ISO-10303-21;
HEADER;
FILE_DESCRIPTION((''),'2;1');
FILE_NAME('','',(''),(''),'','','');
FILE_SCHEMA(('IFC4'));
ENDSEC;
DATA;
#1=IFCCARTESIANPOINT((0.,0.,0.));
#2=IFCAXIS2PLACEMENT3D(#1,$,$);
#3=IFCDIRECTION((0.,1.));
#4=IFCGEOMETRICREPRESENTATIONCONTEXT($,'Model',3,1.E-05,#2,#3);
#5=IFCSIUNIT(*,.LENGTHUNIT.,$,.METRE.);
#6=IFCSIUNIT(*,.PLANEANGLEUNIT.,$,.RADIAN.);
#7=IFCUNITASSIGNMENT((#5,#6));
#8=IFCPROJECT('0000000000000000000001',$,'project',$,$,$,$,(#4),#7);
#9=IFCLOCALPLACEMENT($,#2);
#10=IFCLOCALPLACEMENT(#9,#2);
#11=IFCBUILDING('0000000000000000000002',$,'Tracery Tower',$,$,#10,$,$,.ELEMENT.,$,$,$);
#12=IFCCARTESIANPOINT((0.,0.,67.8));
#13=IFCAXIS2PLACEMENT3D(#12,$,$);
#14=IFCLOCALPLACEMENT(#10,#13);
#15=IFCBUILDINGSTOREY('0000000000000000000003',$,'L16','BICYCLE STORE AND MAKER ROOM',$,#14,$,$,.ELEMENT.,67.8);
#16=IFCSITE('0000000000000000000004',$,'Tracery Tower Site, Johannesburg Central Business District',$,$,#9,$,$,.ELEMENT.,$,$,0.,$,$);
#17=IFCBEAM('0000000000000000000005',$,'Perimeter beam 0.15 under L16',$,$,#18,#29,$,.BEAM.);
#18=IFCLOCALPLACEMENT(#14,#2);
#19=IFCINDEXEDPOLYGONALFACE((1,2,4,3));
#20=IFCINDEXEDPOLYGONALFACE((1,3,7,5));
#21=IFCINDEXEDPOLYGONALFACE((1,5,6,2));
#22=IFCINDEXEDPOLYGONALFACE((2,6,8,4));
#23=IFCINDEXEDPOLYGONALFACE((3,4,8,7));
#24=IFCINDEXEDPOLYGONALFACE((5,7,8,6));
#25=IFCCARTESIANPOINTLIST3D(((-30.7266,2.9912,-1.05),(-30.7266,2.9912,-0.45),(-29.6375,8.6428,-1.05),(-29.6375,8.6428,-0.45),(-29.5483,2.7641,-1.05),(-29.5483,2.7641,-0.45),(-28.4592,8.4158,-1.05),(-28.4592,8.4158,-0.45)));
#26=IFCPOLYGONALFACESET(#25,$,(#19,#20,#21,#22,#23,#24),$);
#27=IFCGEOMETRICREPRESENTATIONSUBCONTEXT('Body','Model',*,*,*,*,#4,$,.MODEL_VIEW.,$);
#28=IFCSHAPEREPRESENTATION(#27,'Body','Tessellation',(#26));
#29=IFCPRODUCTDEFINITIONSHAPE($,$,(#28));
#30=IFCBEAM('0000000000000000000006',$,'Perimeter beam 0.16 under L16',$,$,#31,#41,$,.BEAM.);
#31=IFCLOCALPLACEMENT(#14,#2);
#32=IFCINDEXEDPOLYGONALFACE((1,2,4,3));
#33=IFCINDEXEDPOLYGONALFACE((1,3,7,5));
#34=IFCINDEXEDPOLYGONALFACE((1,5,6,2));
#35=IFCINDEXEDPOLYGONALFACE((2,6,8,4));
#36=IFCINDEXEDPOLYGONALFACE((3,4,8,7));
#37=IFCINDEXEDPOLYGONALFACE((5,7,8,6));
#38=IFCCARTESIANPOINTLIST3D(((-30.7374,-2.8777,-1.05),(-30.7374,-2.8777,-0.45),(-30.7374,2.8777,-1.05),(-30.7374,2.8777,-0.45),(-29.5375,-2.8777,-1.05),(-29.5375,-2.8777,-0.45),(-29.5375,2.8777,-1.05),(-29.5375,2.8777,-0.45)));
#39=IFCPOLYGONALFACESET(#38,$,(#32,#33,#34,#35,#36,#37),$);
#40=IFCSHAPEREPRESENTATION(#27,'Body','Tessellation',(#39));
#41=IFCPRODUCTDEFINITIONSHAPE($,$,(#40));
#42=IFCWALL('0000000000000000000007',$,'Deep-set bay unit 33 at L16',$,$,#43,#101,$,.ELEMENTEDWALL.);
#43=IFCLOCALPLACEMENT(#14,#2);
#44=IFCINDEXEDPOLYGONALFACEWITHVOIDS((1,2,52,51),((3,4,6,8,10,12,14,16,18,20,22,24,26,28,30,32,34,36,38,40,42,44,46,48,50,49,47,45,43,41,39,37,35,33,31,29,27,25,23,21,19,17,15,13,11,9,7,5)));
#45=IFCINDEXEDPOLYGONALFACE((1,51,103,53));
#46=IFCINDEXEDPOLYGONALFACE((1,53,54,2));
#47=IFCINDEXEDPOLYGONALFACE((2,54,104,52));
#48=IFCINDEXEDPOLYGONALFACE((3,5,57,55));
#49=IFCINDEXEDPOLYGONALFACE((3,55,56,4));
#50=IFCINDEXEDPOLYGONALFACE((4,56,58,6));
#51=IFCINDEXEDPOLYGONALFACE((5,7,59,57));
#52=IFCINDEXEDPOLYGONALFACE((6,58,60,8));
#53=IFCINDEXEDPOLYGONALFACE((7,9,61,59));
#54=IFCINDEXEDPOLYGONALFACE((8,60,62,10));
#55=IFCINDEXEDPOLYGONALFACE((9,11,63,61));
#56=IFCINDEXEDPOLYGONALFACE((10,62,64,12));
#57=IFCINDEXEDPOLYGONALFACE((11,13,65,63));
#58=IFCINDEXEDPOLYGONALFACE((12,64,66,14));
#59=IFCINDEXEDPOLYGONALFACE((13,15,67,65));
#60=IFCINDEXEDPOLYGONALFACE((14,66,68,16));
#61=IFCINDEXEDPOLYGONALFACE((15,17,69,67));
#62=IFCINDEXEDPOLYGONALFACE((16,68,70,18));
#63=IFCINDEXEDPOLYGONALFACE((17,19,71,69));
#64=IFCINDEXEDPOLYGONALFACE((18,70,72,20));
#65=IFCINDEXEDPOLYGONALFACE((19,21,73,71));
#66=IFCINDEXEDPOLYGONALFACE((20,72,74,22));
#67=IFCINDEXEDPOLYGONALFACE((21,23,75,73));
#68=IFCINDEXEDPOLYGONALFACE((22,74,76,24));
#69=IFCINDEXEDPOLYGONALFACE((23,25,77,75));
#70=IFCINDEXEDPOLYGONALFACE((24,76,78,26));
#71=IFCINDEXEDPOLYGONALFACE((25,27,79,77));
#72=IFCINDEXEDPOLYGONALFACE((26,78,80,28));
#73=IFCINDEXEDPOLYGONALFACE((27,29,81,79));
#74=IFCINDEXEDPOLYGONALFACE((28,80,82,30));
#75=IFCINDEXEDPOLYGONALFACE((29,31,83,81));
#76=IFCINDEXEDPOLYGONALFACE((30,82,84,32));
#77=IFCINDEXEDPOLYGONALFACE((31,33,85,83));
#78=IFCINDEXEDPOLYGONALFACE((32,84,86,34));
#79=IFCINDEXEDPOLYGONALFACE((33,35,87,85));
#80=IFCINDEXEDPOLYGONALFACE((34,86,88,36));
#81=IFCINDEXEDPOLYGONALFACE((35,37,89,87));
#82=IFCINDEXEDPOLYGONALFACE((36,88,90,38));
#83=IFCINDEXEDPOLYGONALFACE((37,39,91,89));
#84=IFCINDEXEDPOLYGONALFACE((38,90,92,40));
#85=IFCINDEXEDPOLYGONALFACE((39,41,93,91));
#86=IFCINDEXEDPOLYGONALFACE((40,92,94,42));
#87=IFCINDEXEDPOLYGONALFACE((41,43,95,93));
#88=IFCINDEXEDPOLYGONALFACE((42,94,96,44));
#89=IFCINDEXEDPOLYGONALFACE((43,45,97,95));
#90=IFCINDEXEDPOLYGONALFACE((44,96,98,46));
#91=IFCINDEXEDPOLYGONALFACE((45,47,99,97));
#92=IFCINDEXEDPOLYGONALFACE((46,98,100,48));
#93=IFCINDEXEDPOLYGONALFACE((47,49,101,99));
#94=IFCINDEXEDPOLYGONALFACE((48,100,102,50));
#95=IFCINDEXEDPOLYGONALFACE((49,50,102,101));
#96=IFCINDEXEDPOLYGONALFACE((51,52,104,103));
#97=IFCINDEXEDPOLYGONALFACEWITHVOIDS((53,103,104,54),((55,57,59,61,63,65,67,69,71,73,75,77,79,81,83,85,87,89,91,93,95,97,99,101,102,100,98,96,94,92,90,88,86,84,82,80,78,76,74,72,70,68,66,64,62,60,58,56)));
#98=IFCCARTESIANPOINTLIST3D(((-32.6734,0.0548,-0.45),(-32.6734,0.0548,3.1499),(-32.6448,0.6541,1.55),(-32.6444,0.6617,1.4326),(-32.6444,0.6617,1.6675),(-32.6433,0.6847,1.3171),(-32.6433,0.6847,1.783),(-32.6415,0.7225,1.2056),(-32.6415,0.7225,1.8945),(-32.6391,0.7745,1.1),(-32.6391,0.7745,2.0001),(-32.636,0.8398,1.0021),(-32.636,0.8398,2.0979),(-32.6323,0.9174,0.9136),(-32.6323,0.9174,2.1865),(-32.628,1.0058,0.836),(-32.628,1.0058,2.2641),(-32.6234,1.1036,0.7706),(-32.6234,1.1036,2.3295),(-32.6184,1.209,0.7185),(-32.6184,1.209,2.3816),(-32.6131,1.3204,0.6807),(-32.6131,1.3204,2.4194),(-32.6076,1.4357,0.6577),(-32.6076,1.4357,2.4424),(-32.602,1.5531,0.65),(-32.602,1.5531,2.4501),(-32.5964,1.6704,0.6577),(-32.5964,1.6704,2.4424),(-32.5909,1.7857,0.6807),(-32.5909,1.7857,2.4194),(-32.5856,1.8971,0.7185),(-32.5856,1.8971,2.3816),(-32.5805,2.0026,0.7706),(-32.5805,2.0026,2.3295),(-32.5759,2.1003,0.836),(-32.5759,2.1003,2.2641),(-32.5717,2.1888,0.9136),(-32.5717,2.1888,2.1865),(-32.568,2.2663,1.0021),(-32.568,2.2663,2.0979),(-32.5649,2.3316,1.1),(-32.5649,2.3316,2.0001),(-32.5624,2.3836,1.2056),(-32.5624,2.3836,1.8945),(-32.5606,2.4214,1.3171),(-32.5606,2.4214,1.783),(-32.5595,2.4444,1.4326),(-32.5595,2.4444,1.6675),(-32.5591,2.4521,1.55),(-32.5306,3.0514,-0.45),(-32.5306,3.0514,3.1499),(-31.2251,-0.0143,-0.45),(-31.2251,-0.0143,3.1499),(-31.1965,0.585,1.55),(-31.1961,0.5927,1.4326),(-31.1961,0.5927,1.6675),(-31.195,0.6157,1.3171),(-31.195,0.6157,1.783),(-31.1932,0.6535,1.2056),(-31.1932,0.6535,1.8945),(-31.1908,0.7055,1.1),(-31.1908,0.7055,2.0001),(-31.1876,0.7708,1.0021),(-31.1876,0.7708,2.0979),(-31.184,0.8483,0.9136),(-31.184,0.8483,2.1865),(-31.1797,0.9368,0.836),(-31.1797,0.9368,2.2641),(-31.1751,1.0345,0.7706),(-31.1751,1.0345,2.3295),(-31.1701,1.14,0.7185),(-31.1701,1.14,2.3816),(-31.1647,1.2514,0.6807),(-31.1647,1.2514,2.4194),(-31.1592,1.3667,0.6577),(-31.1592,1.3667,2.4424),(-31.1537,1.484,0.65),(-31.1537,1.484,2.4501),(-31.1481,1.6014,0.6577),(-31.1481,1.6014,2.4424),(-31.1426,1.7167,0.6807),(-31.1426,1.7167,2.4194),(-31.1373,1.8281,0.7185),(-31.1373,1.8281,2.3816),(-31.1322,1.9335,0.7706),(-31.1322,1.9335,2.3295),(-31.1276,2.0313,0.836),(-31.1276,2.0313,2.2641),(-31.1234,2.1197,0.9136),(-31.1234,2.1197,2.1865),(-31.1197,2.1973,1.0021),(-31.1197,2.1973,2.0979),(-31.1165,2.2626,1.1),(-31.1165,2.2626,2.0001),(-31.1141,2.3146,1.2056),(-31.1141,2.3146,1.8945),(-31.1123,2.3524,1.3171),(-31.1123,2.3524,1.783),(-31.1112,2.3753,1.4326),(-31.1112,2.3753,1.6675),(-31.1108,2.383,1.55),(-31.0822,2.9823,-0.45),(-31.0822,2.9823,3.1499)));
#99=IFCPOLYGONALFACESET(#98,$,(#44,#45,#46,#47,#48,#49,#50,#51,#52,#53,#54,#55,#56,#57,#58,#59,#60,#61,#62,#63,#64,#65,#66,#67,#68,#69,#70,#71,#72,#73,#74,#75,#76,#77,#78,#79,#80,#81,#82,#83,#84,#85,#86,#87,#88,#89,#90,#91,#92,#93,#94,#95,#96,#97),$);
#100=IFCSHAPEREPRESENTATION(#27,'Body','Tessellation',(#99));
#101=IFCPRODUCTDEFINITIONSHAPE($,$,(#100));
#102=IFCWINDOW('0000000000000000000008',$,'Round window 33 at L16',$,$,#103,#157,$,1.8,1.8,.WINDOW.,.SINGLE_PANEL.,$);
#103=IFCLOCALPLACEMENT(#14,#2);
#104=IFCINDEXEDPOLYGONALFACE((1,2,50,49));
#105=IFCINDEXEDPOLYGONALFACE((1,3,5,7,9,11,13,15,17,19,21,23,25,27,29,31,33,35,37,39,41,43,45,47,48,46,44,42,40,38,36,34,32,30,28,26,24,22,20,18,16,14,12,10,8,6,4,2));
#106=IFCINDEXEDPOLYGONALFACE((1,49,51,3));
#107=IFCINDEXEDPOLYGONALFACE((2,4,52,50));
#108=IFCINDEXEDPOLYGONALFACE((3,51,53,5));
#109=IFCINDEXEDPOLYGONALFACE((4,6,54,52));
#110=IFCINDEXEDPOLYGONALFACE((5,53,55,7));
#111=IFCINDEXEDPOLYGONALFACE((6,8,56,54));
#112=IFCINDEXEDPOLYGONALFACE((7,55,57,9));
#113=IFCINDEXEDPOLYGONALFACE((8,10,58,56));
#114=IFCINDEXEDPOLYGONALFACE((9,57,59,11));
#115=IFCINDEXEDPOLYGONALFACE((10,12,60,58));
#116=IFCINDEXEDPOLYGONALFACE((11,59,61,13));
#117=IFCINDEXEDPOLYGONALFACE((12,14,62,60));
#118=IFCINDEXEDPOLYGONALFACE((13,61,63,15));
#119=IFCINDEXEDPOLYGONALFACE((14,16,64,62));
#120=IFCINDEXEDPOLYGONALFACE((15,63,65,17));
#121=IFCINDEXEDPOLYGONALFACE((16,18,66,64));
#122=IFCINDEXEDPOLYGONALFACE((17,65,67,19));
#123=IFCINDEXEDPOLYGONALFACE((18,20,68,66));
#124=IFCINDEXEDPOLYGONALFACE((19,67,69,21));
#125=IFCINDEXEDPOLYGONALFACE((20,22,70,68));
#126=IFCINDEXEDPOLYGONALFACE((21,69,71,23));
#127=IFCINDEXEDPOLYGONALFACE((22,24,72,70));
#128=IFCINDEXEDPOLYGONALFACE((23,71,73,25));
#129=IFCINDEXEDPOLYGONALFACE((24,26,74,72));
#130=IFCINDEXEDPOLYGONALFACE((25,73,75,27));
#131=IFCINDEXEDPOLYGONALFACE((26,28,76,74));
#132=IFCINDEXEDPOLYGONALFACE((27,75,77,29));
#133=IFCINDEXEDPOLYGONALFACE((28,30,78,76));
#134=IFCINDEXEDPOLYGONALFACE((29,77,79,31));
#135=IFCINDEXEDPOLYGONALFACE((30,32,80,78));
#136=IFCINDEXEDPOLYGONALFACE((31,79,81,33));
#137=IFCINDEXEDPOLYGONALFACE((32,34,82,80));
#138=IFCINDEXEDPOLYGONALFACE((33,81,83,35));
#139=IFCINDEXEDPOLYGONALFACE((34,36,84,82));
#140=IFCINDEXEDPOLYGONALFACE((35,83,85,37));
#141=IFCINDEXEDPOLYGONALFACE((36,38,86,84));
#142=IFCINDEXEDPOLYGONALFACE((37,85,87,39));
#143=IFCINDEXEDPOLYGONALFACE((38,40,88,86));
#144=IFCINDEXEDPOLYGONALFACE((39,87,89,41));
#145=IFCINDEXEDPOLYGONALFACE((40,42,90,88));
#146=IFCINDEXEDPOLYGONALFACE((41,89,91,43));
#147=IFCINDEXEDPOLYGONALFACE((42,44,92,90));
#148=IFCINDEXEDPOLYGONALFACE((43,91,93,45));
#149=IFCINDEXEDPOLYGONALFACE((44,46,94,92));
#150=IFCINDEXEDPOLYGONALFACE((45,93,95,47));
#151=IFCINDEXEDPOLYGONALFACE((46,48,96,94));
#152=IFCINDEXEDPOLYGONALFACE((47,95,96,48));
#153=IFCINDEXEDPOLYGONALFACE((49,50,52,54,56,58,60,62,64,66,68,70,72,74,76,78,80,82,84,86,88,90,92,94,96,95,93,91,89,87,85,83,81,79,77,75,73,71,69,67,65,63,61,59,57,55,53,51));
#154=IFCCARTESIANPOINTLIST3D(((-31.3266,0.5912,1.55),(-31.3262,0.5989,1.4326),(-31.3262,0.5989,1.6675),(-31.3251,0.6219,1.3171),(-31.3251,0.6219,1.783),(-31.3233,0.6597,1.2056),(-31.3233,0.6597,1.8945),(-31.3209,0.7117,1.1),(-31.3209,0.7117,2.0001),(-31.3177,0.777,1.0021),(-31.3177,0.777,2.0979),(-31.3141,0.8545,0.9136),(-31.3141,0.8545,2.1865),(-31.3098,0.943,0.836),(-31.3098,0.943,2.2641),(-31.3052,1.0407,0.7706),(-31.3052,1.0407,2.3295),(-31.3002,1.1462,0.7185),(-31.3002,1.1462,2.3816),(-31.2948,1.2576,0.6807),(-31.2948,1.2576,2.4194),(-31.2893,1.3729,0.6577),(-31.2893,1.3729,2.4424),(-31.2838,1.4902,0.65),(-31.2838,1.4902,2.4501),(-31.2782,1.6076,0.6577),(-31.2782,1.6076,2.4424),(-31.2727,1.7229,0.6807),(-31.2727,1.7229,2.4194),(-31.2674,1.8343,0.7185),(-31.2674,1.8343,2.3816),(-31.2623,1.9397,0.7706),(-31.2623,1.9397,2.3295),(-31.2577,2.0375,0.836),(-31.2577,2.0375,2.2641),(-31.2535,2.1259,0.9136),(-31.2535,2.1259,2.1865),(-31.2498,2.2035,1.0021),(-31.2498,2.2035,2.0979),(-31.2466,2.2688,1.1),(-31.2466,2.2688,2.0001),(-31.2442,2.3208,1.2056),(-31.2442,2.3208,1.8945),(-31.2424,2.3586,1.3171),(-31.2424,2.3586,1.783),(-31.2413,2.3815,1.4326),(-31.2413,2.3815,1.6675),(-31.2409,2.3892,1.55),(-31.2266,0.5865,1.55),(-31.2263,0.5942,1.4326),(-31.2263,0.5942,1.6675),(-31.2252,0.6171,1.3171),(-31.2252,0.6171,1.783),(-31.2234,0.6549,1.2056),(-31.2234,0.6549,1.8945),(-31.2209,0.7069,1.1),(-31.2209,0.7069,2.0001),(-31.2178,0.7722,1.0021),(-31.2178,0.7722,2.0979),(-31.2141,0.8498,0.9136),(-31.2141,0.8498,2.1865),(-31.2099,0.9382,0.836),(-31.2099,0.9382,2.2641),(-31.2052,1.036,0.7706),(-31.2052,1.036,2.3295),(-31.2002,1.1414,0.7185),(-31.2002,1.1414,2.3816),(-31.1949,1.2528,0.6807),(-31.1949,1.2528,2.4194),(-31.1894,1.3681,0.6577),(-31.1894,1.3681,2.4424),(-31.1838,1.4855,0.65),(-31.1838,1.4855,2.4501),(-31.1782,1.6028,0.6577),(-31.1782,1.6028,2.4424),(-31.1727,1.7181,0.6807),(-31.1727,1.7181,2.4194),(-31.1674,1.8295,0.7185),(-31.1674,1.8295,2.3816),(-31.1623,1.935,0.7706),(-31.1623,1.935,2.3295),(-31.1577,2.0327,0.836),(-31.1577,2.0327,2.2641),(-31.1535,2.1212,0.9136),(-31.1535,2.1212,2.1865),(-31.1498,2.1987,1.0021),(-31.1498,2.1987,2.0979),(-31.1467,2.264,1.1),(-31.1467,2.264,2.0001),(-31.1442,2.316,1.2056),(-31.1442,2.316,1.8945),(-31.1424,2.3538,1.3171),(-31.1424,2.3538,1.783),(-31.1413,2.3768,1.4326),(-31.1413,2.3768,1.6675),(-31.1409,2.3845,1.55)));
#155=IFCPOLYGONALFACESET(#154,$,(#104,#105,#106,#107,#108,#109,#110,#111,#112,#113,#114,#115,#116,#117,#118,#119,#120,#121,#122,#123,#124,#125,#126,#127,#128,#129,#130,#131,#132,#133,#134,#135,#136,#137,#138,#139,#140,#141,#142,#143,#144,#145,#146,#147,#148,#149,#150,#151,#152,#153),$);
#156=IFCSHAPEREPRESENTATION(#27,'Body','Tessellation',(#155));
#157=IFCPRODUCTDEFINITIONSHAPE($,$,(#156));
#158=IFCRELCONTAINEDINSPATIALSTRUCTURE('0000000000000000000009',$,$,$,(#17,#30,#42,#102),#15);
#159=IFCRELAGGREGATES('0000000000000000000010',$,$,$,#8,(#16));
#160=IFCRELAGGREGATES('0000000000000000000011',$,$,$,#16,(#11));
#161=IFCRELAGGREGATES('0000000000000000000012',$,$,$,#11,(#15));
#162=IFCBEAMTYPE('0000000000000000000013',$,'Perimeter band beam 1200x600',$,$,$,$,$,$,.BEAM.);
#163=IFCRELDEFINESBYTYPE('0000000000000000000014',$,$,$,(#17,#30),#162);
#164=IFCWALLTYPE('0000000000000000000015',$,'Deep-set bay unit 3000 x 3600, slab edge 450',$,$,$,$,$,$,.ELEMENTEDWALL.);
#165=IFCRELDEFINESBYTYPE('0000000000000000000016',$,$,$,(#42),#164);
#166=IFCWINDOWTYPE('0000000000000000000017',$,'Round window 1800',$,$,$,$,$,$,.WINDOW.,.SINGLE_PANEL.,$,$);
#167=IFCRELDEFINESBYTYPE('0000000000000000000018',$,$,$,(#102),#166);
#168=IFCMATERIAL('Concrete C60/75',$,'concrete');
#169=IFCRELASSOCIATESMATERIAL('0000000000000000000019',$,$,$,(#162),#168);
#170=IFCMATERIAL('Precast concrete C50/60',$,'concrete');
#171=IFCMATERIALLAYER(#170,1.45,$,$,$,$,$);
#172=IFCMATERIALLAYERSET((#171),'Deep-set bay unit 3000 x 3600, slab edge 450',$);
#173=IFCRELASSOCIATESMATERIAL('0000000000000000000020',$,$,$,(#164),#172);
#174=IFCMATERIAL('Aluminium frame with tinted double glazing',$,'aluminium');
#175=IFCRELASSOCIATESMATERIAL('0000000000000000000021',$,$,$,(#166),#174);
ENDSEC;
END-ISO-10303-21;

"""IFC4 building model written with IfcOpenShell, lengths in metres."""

from ifc_helpers import new_model, si_unit, direction, frame, frame_2d, origin, origin_2d, place, context, subcontext, project, spatial, rectangle, circle, extrude, material, layer, layer_set, material_profile, profile_set, type_object, element, fill, save


model = new_model("IFC4")

# Units and contexts
model_context = context("Model", 3, precision=1e-05, world=origin(), true_north=direction((0.0, 1.0)))
body_context = subcontext(model_context, "Body", "Model", "MODEL_VIEW")
ifc_project = project(units=[si_unit("LENGTHUNIT", "METRE"), si_unit("PLANEANGLEUNIT", "RADIAN")], contexts=[model_context])

# Site, building, storey
site_placement = place(None, origin())
site = spatial("IfcSite", under=ifc_project, at=site_placement, Name="Tracery Tower Site, Johannesburg Central Business District", CompositionType="ELEMENT", RefElevation=0.0)
building_placement = place(site_placement, origin())
building = spatial("IfcBuilding", under=site, at=building_placement, Name="Tracery Tower", CompositionType="ELEMENT")
storey_placement = place(building_placement, frame((0.0, 0.0, 67.8)))
storey = spatial("IfcBuildingStorey", under=building, at=storey_placement, Name="L16", Description="BICYCLE STORE AND MAKER ROOM", CompositionType="ELEMENT", Elevation=67.8)

# Beams
ifc_material_1 = material(Name="Concrete C60/75", Category="concrete")
ifc_material_profile_1 = material_profile(ifc_material_1, rectangle(XDim=1.2, YDim=0.6001, at=origin_2d()), Name="RC 1200x600")
ifc_profile_set_1 = profile_set([ifc_material_profile_1], Name="Concrete C60/75")
beam_type = type_object("IfcBeamType", Name="Perimeter band beam 1200x600", PredefinedType="BEAM", material=ifc_profile_set_1)
beam_1_placement = place(storey_placement, frame((-29.0483, 8.5293, -0.75), z_axis=(-0.189227, -0.981933, 0.0), x_axis=(0.981933, -0.189227, 0.0)))
element("IfcBeam", 1, at=beam_1_placement, inside=storey, type_object=beam_type, Name="Perimeter beam 0.15 under L16", PredefinedType="BEAM", context=body_context, shape_type="SweptSolid", body=[
    extrude(rectangle(XDim=1.2, YDim=0.6001, at=origin_2d()), origin(), (0.0, 0.0, 1.0), 5.7556),
])
beam_2_placement = place(storey_placement, frame((-30.1375, 2.8777, -0.75), z_axis=(0.0, -1.0, 0.0), x_axis=(1.0, 0.0, 0.0)))
element("IfcBeam", 2, at=beam_2_placement, inside=storey, type_object=beam_type, Name="Perimeter beam 0.16 under L16", PredefinedType="BEAM", context=body_context, shape_type="SweptSolid", body=[
    extrude(rectangle(XDim=1.2, YDim=0.6001, at=origin_2d()), origin(), (0.0, 0.0, 1.0), 5.7554),
])

# Wall, opening, window
ifc_material_2 = material(Name="Precast concrete C50/60", Category="concrete")
ifc_layer_1 = layer(ifc_material_2, 1.45)
ifc_layer_set_1 = layer_set([ifc_layer_1], Name="Deep-set bay unit 3000 x 3600, slab edge 450")
wall_type_1 = type_object("IfcWallType", Name="Deep-set bay unit 3000 x 3600, slab edge 450", PredefinedType="ELEMENTEDWALL", material=ifc_layer_set_1)
wall_1_placement = place(storey_placement, frame((-31.8064, 3.0168, -0.45), z_axis=(0.0, 0.0, 1.0), x_axis=(-0.047608, -0.998866, 0.0)))
wall_1 = element("IfcWall", 3, at=wall_1_placement, inside=storey, type_object=wall_type_1, Name="Deep-set bay unit 33 at L16", PredefinedType="ELEMENTEDWALL", context=body_context, shape_type="SweptSolid", body=[
    extrude(rectangle(XDim=3.0, YDim=1.45, at=frame_2d((1.5, 0.0))), origin(), (0.0, 0.0, 1.0), 3.5999),
])
opening_1_placement = place(wall_1_placement, frame((1.5, 0.0, 2.0)))
opening_1 = element("IfcOpeningElement", 4, at=opening_1_placement, cuts=wall_1, PredefinedType="OPENING", context=body_context, shape_type="SweptSolid", body=[
    extrude(circle(Radius=0.9, at=origin_2d()), frame((0.0, 0.7349, 0.0), z_axis=(0.0, -1.0, 0.0), x_axis=(1.0, 0.0, 0.0)), (0.0, 0.0, 1.0), 1.47),
])
ifc_material_3 = material(Name="Aluminium frame with tinted double glazing", Category="aluminium")
window_type = type_object("IfcWindowType", Name="Round window 1800", PartitioningType="SINGLE_PANEL", PredefinedType="WINDOW", material=ifc_material_3)
window_1_placement = place(opening_1_placement, origin())
window_1 = element("IfcWindow", 5, at=window_1_placement, inside=storey, type_object=window_type, Name="Round window 33 at L16", OverallHeight=1.8, OverallWidth=1.8, PartitioningType="SINGLE_PANEL", PredefinedType="WINDOW", context=body_context, shape_type="SweptSolid", body=[
    extrude(circle(Radius=0.9, at=origin_2d()), frame((0.0, 0.6948, 0.0), z_axis=(0.0, -1.0, 0.0), x_axis=(1.0, 0.0, 0.0)), (0.0, 0.0, 1.0), 0.1001),
])
fill(opening_1, window_1)

save(model, "model.ifc")
